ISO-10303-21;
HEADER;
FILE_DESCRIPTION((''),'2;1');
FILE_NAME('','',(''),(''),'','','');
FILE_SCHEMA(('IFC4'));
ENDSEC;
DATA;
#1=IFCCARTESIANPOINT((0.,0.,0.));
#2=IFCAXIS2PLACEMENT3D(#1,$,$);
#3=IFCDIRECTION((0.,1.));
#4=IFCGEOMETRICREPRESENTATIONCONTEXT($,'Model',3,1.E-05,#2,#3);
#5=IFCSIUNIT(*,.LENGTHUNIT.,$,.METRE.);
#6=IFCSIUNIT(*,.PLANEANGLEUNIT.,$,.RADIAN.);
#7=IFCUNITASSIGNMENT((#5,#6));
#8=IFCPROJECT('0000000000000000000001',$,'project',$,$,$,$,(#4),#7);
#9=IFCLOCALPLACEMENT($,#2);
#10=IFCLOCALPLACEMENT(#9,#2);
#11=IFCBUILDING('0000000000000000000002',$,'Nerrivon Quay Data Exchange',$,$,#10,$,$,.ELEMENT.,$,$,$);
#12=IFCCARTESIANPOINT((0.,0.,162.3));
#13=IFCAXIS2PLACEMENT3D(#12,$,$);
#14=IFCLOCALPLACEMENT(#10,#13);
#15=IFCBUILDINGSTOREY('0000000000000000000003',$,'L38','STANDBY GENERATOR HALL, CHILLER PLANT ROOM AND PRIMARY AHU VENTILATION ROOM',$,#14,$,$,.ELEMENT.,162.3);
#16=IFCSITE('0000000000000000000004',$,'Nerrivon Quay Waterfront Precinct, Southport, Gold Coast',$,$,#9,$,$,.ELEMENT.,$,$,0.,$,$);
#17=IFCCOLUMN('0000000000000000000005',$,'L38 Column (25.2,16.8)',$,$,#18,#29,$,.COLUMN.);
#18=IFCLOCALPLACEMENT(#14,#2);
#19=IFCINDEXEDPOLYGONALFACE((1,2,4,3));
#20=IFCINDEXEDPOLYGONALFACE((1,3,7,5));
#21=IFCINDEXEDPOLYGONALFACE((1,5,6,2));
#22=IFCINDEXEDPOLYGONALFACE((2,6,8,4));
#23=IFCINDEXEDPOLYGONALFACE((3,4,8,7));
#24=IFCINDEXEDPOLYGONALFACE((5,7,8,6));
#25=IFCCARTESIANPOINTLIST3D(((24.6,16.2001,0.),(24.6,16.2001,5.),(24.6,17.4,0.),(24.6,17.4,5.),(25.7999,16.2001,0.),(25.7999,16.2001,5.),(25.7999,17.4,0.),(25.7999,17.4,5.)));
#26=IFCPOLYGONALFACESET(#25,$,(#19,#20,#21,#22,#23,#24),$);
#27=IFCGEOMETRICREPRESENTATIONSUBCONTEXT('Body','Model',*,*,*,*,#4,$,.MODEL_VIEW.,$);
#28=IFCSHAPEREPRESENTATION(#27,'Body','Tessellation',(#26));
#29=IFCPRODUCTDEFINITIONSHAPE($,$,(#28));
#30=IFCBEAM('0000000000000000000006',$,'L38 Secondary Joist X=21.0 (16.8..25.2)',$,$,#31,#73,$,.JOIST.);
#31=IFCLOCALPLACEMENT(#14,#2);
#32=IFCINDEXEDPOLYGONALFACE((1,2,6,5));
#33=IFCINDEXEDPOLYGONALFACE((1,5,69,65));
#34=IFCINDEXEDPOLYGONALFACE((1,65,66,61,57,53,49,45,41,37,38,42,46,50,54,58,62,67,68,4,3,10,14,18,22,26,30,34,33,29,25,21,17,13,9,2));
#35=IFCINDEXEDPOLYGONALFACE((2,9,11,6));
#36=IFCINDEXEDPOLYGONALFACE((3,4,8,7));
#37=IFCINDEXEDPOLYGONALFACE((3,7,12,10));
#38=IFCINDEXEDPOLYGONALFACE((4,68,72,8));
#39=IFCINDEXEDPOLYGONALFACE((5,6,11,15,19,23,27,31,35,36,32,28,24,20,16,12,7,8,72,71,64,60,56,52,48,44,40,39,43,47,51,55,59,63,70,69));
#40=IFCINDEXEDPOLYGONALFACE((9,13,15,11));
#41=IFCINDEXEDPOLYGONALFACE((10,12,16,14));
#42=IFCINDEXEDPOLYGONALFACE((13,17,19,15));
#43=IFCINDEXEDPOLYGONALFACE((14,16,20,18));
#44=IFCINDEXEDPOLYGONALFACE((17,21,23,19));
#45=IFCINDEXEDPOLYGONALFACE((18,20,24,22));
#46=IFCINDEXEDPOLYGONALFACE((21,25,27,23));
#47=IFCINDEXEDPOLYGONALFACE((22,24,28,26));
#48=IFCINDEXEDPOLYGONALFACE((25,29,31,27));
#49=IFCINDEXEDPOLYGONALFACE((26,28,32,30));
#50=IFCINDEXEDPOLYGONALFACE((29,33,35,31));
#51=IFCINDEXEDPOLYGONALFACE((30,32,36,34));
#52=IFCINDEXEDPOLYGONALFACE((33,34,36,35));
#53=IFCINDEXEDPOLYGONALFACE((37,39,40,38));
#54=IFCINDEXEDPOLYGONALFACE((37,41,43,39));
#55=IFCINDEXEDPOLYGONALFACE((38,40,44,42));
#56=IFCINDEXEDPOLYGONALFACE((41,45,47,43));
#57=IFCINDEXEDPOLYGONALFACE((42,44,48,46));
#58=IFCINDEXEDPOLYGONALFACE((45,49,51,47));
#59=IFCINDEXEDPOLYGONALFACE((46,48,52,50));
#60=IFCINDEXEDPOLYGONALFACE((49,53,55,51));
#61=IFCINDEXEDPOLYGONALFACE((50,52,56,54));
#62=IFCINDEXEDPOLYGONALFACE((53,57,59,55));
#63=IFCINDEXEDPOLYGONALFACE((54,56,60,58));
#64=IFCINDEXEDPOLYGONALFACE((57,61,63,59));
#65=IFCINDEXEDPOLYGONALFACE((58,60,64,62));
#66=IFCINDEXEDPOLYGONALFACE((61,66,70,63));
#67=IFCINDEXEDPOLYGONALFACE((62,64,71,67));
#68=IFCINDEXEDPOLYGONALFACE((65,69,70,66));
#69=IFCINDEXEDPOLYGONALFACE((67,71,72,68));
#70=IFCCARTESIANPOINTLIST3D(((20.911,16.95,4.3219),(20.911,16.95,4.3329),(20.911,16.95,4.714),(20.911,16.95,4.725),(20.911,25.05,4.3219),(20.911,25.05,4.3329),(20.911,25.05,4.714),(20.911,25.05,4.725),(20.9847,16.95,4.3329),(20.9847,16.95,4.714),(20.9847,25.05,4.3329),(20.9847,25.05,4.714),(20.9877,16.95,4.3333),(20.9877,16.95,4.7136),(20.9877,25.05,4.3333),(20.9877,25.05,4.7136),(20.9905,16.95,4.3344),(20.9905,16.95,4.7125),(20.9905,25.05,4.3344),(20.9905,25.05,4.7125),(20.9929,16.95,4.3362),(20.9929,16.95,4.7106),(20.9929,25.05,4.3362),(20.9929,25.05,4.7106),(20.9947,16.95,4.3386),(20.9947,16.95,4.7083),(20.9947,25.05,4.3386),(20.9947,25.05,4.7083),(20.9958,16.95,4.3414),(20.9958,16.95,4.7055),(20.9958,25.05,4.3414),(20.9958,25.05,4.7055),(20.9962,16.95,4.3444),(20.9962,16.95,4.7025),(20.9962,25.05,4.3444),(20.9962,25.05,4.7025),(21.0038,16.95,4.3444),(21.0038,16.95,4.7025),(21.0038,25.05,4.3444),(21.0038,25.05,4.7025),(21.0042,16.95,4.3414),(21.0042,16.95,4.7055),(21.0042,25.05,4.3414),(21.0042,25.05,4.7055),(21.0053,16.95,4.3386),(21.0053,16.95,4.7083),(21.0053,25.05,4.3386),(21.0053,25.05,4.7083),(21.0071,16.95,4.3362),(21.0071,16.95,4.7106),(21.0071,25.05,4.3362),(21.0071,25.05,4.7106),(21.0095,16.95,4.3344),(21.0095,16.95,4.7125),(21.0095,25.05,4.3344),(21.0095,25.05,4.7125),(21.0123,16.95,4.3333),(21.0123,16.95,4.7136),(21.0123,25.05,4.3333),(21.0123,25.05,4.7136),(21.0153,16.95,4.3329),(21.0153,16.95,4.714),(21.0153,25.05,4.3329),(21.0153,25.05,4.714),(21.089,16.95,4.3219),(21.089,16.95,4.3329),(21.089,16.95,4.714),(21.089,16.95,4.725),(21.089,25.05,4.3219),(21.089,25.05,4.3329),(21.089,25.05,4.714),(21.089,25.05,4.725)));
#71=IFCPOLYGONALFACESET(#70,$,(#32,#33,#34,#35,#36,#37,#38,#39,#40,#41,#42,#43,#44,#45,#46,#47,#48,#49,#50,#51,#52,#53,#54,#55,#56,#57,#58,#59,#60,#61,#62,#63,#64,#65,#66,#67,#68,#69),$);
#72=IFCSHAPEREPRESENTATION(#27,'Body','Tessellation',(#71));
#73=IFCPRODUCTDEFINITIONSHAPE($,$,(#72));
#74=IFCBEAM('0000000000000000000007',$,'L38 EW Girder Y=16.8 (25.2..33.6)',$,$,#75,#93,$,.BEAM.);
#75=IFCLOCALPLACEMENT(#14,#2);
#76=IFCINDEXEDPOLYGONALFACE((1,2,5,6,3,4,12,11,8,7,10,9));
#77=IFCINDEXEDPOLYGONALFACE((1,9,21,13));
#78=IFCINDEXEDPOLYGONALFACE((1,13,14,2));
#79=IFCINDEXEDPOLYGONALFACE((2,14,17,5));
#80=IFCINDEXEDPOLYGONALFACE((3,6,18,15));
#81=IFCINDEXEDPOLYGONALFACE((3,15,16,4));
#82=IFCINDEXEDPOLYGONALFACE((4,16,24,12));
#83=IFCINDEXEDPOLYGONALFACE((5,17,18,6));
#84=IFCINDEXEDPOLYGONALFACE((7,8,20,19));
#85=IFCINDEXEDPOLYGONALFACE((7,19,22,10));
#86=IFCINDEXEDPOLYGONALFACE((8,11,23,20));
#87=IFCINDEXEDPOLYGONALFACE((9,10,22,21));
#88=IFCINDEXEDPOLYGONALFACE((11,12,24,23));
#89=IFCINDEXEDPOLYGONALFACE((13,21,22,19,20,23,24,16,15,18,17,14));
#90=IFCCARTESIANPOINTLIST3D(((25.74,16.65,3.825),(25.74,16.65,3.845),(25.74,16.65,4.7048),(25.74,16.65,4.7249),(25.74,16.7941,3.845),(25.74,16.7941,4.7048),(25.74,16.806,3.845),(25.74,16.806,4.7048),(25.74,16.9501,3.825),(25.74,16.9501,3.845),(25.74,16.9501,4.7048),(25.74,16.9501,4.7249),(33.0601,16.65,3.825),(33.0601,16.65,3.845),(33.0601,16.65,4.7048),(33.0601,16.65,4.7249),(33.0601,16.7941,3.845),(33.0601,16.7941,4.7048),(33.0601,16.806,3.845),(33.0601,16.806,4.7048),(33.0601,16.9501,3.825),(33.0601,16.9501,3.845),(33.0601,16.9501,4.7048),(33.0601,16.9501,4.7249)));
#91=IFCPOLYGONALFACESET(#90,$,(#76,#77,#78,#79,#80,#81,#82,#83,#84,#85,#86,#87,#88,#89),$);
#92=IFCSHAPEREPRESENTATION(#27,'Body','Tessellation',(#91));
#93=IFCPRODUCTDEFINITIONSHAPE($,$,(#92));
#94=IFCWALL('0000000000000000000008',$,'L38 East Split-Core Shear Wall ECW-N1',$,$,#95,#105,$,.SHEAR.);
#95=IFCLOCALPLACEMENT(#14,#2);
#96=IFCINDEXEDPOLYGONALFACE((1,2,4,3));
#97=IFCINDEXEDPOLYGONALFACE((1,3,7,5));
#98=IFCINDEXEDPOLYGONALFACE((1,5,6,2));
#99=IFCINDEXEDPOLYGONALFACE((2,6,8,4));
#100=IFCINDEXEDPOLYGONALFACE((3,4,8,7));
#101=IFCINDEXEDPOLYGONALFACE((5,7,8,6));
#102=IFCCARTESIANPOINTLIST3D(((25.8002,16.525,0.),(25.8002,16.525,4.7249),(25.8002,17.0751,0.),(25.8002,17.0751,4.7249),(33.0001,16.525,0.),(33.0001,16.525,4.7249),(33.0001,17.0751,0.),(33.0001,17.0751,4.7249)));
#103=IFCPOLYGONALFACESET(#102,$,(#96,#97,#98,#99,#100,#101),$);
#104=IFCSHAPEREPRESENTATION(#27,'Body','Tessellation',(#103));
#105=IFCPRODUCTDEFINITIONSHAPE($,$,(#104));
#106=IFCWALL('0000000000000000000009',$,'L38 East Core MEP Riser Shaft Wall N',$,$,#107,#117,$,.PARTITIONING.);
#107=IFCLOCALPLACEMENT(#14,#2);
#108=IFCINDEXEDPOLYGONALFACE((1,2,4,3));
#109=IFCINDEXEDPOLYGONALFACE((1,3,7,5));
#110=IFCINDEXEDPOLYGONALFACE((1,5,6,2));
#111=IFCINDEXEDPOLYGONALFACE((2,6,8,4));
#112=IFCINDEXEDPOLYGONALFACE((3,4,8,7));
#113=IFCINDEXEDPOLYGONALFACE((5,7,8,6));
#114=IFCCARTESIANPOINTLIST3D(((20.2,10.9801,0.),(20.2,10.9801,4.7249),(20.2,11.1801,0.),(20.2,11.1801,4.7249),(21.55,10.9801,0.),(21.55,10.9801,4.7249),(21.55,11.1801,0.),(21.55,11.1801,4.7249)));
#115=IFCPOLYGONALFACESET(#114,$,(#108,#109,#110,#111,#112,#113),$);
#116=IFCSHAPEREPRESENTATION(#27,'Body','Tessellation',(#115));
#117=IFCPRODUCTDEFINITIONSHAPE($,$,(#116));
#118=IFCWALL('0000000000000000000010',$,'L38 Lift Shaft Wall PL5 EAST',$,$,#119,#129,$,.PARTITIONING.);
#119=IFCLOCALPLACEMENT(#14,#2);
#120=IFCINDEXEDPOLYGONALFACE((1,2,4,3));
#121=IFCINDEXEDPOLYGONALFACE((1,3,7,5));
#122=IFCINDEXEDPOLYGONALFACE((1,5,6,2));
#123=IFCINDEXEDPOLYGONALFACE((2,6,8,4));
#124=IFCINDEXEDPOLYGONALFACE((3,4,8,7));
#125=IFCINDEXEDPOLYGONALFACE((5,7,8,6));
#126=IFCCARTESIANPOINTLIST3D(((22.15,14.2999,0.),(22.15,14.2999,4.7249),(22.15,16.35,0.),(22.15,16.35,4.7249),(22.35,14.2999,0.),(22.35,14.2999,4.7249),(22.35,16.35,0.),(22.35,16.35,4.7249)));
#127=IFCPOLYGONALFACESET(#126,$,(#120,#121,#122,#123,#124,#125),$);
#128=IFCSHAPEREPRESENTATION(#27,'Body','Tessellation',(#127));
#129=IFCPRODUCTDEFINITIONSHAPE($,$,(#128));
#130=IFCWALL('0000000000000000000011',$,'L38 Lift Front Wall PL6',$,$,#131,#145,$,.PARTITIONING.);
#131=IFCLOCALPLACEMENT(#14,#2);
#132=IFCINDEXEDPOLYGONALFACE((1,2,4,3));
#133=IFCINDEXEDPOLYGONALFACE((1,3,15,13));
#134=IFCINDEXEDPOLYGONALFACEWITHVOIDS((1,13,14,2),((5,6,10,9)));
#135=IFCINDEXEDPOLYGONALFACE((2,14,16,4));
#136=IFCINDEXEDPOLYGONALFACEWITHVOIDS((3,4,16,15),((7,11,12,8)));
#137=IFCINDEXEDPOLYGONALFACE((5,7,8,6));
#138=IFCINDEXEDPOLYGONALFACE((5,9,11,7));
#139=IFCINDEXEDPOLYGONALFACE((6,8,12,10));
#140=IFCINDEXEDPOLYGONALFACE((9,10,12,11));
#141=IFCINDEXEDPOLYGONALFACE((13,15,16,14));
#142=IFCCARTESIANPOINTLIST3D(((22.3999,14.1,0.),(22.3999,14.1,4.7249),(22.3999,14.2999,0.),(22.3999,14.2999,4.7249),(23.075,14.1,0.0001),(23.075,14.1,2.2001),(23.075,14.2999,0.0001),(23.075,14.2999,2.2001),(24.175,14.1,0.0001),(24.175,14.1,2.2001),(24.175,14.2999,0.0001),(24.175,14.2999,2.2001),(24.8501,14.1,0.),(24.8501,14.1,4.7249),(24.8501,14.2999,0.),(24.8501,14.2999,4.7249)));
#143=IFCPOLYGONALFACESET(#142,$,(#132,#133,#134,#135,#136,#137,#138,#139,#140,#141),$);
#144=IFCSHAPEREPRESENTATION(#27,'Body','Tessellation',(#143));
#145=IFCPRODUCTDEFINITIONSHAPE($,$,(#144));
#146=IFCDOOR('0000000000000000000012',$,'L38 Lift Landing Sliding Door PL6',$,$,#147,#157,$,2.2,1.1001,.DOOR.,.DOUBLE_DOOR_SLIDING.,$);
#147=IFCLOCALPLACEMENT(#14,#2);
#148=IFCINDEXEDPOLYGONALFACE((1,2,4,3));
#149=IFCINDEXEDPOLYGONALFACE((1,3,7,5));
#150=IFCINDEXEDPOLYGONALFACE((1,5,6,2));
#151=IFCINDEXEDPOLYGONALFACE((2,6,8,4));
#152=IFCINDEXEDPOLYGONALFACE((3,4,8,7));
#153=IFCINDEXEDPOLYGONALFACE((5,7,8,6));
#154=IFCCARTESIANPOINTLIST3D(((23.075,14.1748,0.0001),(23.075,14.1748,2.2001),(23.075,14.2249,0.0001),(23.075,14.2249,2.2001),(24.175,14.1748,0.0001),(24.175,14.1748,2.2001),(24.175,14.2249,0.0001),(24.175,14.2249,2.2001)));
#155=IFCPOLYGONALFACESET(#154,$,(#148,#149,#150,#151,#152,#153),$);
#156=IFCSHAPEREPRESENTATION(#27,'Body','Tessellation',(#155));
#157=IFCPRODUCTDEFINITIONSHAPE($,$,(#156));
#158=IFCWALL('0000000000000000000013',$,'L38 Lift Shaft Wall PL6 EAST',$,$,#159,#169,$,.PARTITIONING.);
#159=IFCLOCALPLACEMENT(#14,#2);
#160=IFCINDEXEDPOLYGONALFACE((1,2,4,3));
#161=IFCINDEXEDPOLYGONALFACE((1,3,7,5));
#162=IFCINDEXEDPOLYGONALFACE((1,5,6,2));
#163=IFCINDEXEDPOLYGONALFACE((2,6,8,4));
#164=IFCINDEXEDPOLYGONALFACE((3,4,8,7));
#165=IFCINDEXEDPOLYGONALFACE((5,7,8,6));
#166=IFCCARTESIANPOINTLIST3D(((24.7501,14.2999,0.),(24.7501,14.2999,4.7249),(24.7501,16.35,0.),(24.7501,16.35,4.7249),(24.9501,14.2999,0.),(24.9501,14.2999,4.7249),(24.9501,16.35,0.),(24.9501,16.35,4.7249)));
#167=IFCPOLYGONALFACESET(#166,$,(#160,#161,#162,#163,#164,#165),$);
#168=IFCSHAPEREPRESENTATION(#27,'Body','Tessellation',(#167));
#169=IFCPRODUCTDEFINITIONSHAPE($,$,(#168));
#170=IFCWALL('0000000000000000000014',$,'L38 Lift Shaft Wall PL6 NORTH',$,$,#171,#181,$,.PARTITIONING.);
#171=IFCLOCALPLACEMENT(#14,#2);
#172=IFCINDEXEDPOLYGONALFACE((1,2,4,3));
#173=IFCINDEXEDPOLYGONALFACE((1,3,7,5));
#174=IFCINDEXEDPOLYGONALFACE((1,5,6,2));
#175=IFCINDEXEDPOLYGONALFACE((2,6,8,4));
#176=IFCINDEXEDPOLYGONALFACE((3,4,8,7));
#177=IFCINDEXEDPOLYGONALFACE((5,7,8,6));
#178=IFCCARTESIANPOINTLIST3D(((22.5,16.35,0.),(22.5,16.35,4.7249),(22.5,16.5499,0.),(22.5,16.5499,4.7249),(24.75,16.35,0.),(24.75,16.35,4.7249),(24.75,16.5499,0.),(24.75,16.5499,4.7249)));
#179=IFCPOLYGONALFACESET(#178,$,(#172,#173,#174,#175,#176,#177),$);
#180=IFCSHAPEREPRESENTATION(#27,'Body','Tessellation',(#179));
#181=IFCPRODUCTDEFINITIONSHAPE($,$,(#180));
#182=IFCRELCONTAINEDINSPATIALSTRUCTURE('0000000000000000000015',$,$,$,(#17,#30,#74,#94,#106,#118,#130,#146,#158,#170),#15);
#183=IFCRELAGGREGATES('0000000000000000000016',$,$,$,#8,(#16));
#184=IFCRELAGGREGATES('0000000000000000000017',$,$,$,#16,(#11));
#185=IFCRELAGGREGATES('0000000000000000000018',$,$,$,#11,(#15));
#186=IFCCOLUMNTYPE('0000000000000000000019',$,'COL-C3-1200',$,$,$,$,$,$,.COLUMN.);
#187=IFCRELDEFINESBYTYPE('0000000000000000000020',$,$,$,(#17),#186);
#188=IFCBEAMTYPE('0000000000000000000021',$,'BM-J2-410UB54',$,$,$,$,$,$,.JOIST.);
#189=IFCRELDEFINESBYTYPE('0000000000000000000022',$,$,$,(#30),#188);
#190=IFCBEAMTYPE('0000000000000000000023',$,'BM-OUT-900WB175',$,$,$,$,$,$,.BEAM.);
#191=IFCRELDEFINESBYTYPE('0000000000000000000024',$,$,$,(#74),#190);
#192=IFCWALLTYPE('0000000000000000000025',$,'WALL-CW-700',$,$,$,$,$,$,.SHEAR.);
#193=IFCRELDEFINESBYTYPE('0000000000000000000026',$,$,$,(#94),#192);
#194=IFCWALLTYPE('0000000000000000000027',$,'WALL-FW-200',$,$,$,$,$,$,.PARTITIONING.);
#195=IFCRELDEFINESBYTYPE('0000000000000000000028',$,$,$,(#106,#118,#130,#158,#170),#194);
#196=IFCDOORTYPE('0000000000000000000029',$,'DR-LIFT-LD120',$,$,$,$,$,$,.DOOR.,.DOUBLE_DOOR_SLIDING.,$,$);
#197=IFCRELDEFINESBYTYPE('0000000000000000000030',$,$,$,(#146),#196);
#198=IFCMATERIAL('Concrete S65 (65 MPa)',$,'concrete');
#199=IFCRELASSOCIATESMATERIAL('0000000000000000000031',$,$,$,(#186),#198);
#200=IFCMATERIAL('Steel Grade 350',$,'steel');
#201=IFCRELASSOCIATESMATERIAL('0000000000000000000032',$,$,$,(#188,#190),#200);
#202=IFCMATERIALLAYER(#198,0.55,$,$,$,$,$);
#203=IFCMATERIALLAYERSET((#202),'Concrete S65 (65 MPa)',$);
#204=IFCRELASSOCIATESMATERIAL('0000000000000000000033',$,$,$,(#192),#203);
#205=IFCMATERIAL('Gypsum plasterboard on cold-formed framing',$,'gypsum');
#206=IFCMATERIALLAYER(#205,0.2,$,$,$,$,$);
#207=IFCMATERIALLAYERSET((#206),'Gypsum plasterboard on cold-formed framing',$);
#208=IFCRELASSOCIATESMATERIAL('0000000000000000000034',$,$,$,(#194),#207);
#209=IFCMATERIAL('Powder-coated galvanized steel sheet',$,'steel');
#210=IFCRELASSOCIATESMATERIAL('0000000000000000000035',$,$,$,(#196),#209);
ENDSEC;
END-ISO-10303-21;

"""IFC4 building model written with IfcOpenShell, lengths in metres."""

from ifc_helpers import new_model, si_unit, direction, frame, frame_2d, origin, origin_2d, place, context, subcontext, project, spatial, rectangle, i_section, extrude, material, layer, layer_set, material_profile, profile_set, type_object, element, fill, save


model = new_model("IFC4")

# Units and contexts
model_context = context("Model", 3, precision=1e-05, world=origin(), true_north=direction((0.0, 1.0)))
body_context = subcontext(model_context, "Body", "Model", "MODEL_VIEW")
ifc_project = project(units=[si_unit("LENGTHUNIT", "METRE"), si_unit("PLANEANGLEUNIT", "RADIAN")], contexts=[model_context])

# Site, building, storey
site_placement = place(None, origin())
site = spatial("IfcSite", under=ifc_project, at=site_placement, Name="Nerrivon Quay Waterfront Precinct, Southport, Gold Coast", CompositionType="ELEMENT", RefElevation=0.0)
building_placement = place(site_placement, origin())
building = spatial("IfcBuilding", under=site, at=building_placement, Name="Nerrivon Quay Data Exchange", CompositionType="ELEMENT")
storey_placement = place(building_placement, frame((0.0, 0.0, 162.3)))
storey = spatial("IfcBuildingStorey", under=building, at=storey_placement, Name="L38", Description="STANDBY GENERATOR HALL, CHILLER PLANT ROOM AND PRIMARY AHU VENTILATION ROOM", CompositionType="ELEMENT", Elevation=162.3)

# Column
ifc_material_1 = material(Name="Concrete S65 (65 MPa)", Category="concrete")
ifc_material_profile_1 = material_profile(ifc_material_1, rectangle(XDim=1.2, YDim=1.2, at=origin_2d()), Name="RC-COL-1200x1200")
ifc_profile_set_1 = profile_set([ifc_material_profile_1], Name="Concrete S65 (65 MPa)")
column_type = type_object("IfcColumnType", Name="COL-C3-1200", PredefinedType="COLUMN", material=ifc_profile_set_1)
column_placement = place(storey_placement, frame((25.2, 16.8, 0.0), z_axis=(0.0, 0.0, 1.0), x_axis=(1.0, 0.0, 0.0)))
element("IfcColumn", 1, at=column_placement, inside=storey, type_object=column_type, Name="L38 Column (25.2,16.8)", PredefinedType="COLUMN", context=body_context, shape_type="SweptSolid", body=[
    extrude(rectangle(XDim=1.2, YDim=1.2, at=origin_2d()), origin(), (0.0, 0.0, 1.0), 5.0),
])

# Beams
ifc_material_2 = material(Name="Steel Grade 350", Category="steel")
ifc_material_profile_2 = material_profile(ifc_material_2, i_section(OverallWidth=0.178, OverallDepth=0.4031, WebThickness=0.0076, FlangeThickness=0.011, FilletRadius=0.0115, at=origin_2d()), Name="410UB53.7")
ifc_profile_set_2 = profile_set([ifc_material_profile_2], Name="Steel Grade 350")
beam_type_1 = type_object("IfcBeamType", Name="BM-J2-410UB54", PredefinedType="JOIST", material=ifc_profile_set_2)
beam_1_placement = place(storey_placement, frame((21.0, 16.95, 4.5234), z_axis=(0.0, 1.0, 0.0), x_axis=(-1.0, 0.0, 0.0)))
element("IfcBeam", 2, at=beam_1_placement, inside=storey, type_object=beam_type_1, Name="L38 Secondary Joist X=21.0 (16.8..25.2)", PredefinedType="JOIST", context=body_context, shape_type="SweptSolid", body=[
    extrude(i_section(OverallWidth=0.178, OverallDepth=0.4031, WebThickness=0.0076, FlangeThickness=0.011, FilletRadius=0.0115, at=origin_2d()), origin(), (0.0, 0.0, 1.0), 8.1001),
])
ifc_material_profile_3 = material_profile(ifc_material_2, i_section(OverallWidth=0.3, OverallDepth=0.8999, WebThickness=0.012, FlangeThickness=0.02, at=origin_2d()), Name="900WB175")
ifc_profile_set_3 = profile_set([ifc_material_profile_3], Name="Steel Grade 350")
beam_type_2 = type_object("IfcBeamType", Name="BM-OUT-900WB175", PredefinedType="BEAM", material=ifc_profile_set_3)
beam_2_placement = place(storey_placement, frame((25.74, 16.8, 4.2749), z_axis=(1.0, 0.0, 0.0), x_axis=(0.0, 1.0, 0.0)))
element("IfcBeam", 3, at=beam_2_placement, inside=storey, type_object=beam_type_2, Name="L38 EW Girder Y=16.8 (25.2..33.6)", PredefinedType="BEAM", context=body_context, shape_type="SweptSolid", body=[
    extrude(i_section(OverallWidth=0.3, OverallDepth=0.8999, WebThickness=0.012, FlangeThickness=0.02, at=origin_2d()), origin(), (0.0, 0.0, 1.0), 7.3201),
])

# Walls
ifc_layer_1 = layer(ifc_material_1, 0.55)
ifc_layer_set_1 = layer_set([ifc_layer_1], Name="Concrete S65 (65 MPa)")
wall_type_1 = type_object("IfcWallType", Name="WALL-CW-700", PredefinedType="SHEAR", material=ifc_layer_set_1)
wall_1_placement = place(storey_placement, frame((25.8, 16.8, 0.0), z_axis=(0.0, 0.0, 1.0), x_axis=(1.0, 0.0, 0.0)))
element("IfcWall", 4, at=wall_1_placement, inside=storey, type_object=wall_type_1, Name="L38 East Split-Core Shear Wall ECW-N1", PredefinedType="SHEAR", context=body_context, shape_type="SweptSolid", body=[
    extrude(rectangle(XDim=7.2, YDim=0.55, at=frame_2d((3.6001, 0.0))), origin(), (0.0, 0.0, 1.0), 4.7249),
])
ifc_material_3 = material(Name="Gypsum plasterboard on cold-formed framing", Category="gypsum")
ifc_layer_2 = layer(ifc_material_3, 0.2)
ifc_layer_set_2 = layer_set([ifc_layer_2], Name="Gypsum plasterboard on cold-formed framing")
wall_type_2 = type_object("IfcWallType", Name="WALL-FW-200", PredefinedType="PARTITIONING", material=ifc_layer_set_2)
wall_2_placement = place(storey_placement, frame((20.2, 11.0801, 0.0), z_axis=(0.0, 0.0, 1.0), x_axis=(1.0, 0.0, 0.0)))
element("IfcWall", 5, at=wall_2_placement, inside=storey, type_object=wall_type_2, Name="L38 East Core MEP Riser Shaft Wall N", PredefinedType="PARTITIONING", context=body_context, shape_type="SweptSolid", body=[
    extrude(rectangle(XDim=1.3501, YDim=0.2, at=frame_2d((0.675, 0.0))), origin(), (0.0, 0.0, 1.0), 4.7249),
])
wall_3_placement = place(storey_placement, frame((22.25, 14.3, 0.0), z_axis=(0.0, 0.0, 1.0), x_axis=(0.0, 1.0, 0.0)))
element("IfcWall", 6, at=wall_3_placement, inside=storey, type_object=wall_type_2, Name="L38 Lift Shaft Wall PL5 EAST", PredefinedType="PARTITIONING", context=body_context, shape_type="SweptSolid", body=[
    extrude(rectangle(XDim=2.05, YDim=0.2, at=frame_2d((1.0249, 0.0))), origin(), (0.0, 0.0, 1.0), 4.7249),
])

# Wall, opening, door
wall_4_placement = place(storey_placement, frame((22.3999, 14.2, 0.0), z_axis=(0.0, 0.0, 1.0), x_axis=(1.0, 0.0, 0.0)))
wall_4 = element("IfcWall", 7, at=wall_4_placement, inside=storey, type_object=wall_type_2, Name="L38 Lift Front Wall PL6", PredefinedType="PARTITIONING", context=body_context, shape_type="SweptSolid", body=[
    extrude(rectangle(XDim=2.4502, YDim=0.2, at=frame_2d((1.2251, 0.0))), origin(), (0.0, 0.0, 1.0), 4.7249),
])
opening_1_placement = place(wall_4_placement, frame((0.675, 0.0, 0.0)))
opening_1 = element("IfcOpeningElement", 8, at=opening_1_placement, cuts=wall_4, PredefinedType="OPENING", context=body_context, shape_type="SweptSolid", body=[
    extrude(rectangle(XDim=1.1001, YDim=2.2, at=frame_2d((0.55, 1.1001))), frame((0.0, 0.1099, 0.0), z_axis=(0.0, -1.0, 0.0), x_axis=(1.0, 0.0, 0.0)), (0.0, 0.0, 1.0), 0.22),
])
ifc_material_4 = material(Name="Powder-coated galvanized steel sheet", Category="steel")
door_type_1 = type_object("IfcDoorType", Name="DR-LIFT-LD120", OperationType="DOUBLE_DOOR_SLIDING", PredefinedType="DOOR", material=ifc_material_4)
door_1_placement = place(opening_1_placement, origin())
door_1 = element("IfcDoor", 9, at=door_1_placement, inside=storey, type_object=door_type_1, Name="L38 Lift Landing Sliding Door PL6", OperationType="DOUBLE_DOOR_SLIDING", OverallHeight=2.2, OverallWidth=1.1001, PredefinedType="DOOR", context=body_context, shape_type="SweptSolid", body=[
    extrude(rectangle(XDim=1.1001, YDim=2.2, at=frame_2d((0.55, 1.1001))), frame((0.0, 0.0249, 0.0), z_axis=(0.0, -1.0, 0.0), x_axis=(1.0, 0.0, 0.0)), (0.0, 0.0, 1.0), 0.05),
])
fill(opening_1, door_1)

# Walls
wall_5_placement = place(storey_placement, frame((24.8501, 14.3, 0.0), z_axis=(0.0, 0.0, 1.0), x_axis=(0.0, 1.0, 0.0)))
element("IfcWall", 10, at=wall_5_placement, inside=storey, type_object=wall_type_2, Name="L38 Lift Shaft Wall PL6 EAST", PredefinedType="PARTITIONING", context=body_context, shape_type="SweptSolid", body=[
    extrude(rectangle(XDim=2.05, YDim=0.2, at=frame_2d((1.0249, 0.0))), origin(), (0.0, 0.0, 1.0), 4.7249),
])
wall_6_placement = place(storey_placement, frame((22.5, 16.45, 0.0), z_axis=(0.0, 0.0, 1.0), x_axis=(1.0, 0.0, 0.0)))
element("IfcWall", 11, at=wall_6_placement, inside=storey, type_object=wall_type_2, Name="L38 Lift Shaft Wall PL6 NORTH", PredefinedType="PARTITIONING", context=body_context, shape_type="SweptSolid", body=[
    extrude(rectangle(XDim=2.25, YDim=0.2, at=frame_2d((1.125, 0.0))), origin(), (0.0, 0.0, 1.0), 4.7249),
])

save(model, "model.ifc")
